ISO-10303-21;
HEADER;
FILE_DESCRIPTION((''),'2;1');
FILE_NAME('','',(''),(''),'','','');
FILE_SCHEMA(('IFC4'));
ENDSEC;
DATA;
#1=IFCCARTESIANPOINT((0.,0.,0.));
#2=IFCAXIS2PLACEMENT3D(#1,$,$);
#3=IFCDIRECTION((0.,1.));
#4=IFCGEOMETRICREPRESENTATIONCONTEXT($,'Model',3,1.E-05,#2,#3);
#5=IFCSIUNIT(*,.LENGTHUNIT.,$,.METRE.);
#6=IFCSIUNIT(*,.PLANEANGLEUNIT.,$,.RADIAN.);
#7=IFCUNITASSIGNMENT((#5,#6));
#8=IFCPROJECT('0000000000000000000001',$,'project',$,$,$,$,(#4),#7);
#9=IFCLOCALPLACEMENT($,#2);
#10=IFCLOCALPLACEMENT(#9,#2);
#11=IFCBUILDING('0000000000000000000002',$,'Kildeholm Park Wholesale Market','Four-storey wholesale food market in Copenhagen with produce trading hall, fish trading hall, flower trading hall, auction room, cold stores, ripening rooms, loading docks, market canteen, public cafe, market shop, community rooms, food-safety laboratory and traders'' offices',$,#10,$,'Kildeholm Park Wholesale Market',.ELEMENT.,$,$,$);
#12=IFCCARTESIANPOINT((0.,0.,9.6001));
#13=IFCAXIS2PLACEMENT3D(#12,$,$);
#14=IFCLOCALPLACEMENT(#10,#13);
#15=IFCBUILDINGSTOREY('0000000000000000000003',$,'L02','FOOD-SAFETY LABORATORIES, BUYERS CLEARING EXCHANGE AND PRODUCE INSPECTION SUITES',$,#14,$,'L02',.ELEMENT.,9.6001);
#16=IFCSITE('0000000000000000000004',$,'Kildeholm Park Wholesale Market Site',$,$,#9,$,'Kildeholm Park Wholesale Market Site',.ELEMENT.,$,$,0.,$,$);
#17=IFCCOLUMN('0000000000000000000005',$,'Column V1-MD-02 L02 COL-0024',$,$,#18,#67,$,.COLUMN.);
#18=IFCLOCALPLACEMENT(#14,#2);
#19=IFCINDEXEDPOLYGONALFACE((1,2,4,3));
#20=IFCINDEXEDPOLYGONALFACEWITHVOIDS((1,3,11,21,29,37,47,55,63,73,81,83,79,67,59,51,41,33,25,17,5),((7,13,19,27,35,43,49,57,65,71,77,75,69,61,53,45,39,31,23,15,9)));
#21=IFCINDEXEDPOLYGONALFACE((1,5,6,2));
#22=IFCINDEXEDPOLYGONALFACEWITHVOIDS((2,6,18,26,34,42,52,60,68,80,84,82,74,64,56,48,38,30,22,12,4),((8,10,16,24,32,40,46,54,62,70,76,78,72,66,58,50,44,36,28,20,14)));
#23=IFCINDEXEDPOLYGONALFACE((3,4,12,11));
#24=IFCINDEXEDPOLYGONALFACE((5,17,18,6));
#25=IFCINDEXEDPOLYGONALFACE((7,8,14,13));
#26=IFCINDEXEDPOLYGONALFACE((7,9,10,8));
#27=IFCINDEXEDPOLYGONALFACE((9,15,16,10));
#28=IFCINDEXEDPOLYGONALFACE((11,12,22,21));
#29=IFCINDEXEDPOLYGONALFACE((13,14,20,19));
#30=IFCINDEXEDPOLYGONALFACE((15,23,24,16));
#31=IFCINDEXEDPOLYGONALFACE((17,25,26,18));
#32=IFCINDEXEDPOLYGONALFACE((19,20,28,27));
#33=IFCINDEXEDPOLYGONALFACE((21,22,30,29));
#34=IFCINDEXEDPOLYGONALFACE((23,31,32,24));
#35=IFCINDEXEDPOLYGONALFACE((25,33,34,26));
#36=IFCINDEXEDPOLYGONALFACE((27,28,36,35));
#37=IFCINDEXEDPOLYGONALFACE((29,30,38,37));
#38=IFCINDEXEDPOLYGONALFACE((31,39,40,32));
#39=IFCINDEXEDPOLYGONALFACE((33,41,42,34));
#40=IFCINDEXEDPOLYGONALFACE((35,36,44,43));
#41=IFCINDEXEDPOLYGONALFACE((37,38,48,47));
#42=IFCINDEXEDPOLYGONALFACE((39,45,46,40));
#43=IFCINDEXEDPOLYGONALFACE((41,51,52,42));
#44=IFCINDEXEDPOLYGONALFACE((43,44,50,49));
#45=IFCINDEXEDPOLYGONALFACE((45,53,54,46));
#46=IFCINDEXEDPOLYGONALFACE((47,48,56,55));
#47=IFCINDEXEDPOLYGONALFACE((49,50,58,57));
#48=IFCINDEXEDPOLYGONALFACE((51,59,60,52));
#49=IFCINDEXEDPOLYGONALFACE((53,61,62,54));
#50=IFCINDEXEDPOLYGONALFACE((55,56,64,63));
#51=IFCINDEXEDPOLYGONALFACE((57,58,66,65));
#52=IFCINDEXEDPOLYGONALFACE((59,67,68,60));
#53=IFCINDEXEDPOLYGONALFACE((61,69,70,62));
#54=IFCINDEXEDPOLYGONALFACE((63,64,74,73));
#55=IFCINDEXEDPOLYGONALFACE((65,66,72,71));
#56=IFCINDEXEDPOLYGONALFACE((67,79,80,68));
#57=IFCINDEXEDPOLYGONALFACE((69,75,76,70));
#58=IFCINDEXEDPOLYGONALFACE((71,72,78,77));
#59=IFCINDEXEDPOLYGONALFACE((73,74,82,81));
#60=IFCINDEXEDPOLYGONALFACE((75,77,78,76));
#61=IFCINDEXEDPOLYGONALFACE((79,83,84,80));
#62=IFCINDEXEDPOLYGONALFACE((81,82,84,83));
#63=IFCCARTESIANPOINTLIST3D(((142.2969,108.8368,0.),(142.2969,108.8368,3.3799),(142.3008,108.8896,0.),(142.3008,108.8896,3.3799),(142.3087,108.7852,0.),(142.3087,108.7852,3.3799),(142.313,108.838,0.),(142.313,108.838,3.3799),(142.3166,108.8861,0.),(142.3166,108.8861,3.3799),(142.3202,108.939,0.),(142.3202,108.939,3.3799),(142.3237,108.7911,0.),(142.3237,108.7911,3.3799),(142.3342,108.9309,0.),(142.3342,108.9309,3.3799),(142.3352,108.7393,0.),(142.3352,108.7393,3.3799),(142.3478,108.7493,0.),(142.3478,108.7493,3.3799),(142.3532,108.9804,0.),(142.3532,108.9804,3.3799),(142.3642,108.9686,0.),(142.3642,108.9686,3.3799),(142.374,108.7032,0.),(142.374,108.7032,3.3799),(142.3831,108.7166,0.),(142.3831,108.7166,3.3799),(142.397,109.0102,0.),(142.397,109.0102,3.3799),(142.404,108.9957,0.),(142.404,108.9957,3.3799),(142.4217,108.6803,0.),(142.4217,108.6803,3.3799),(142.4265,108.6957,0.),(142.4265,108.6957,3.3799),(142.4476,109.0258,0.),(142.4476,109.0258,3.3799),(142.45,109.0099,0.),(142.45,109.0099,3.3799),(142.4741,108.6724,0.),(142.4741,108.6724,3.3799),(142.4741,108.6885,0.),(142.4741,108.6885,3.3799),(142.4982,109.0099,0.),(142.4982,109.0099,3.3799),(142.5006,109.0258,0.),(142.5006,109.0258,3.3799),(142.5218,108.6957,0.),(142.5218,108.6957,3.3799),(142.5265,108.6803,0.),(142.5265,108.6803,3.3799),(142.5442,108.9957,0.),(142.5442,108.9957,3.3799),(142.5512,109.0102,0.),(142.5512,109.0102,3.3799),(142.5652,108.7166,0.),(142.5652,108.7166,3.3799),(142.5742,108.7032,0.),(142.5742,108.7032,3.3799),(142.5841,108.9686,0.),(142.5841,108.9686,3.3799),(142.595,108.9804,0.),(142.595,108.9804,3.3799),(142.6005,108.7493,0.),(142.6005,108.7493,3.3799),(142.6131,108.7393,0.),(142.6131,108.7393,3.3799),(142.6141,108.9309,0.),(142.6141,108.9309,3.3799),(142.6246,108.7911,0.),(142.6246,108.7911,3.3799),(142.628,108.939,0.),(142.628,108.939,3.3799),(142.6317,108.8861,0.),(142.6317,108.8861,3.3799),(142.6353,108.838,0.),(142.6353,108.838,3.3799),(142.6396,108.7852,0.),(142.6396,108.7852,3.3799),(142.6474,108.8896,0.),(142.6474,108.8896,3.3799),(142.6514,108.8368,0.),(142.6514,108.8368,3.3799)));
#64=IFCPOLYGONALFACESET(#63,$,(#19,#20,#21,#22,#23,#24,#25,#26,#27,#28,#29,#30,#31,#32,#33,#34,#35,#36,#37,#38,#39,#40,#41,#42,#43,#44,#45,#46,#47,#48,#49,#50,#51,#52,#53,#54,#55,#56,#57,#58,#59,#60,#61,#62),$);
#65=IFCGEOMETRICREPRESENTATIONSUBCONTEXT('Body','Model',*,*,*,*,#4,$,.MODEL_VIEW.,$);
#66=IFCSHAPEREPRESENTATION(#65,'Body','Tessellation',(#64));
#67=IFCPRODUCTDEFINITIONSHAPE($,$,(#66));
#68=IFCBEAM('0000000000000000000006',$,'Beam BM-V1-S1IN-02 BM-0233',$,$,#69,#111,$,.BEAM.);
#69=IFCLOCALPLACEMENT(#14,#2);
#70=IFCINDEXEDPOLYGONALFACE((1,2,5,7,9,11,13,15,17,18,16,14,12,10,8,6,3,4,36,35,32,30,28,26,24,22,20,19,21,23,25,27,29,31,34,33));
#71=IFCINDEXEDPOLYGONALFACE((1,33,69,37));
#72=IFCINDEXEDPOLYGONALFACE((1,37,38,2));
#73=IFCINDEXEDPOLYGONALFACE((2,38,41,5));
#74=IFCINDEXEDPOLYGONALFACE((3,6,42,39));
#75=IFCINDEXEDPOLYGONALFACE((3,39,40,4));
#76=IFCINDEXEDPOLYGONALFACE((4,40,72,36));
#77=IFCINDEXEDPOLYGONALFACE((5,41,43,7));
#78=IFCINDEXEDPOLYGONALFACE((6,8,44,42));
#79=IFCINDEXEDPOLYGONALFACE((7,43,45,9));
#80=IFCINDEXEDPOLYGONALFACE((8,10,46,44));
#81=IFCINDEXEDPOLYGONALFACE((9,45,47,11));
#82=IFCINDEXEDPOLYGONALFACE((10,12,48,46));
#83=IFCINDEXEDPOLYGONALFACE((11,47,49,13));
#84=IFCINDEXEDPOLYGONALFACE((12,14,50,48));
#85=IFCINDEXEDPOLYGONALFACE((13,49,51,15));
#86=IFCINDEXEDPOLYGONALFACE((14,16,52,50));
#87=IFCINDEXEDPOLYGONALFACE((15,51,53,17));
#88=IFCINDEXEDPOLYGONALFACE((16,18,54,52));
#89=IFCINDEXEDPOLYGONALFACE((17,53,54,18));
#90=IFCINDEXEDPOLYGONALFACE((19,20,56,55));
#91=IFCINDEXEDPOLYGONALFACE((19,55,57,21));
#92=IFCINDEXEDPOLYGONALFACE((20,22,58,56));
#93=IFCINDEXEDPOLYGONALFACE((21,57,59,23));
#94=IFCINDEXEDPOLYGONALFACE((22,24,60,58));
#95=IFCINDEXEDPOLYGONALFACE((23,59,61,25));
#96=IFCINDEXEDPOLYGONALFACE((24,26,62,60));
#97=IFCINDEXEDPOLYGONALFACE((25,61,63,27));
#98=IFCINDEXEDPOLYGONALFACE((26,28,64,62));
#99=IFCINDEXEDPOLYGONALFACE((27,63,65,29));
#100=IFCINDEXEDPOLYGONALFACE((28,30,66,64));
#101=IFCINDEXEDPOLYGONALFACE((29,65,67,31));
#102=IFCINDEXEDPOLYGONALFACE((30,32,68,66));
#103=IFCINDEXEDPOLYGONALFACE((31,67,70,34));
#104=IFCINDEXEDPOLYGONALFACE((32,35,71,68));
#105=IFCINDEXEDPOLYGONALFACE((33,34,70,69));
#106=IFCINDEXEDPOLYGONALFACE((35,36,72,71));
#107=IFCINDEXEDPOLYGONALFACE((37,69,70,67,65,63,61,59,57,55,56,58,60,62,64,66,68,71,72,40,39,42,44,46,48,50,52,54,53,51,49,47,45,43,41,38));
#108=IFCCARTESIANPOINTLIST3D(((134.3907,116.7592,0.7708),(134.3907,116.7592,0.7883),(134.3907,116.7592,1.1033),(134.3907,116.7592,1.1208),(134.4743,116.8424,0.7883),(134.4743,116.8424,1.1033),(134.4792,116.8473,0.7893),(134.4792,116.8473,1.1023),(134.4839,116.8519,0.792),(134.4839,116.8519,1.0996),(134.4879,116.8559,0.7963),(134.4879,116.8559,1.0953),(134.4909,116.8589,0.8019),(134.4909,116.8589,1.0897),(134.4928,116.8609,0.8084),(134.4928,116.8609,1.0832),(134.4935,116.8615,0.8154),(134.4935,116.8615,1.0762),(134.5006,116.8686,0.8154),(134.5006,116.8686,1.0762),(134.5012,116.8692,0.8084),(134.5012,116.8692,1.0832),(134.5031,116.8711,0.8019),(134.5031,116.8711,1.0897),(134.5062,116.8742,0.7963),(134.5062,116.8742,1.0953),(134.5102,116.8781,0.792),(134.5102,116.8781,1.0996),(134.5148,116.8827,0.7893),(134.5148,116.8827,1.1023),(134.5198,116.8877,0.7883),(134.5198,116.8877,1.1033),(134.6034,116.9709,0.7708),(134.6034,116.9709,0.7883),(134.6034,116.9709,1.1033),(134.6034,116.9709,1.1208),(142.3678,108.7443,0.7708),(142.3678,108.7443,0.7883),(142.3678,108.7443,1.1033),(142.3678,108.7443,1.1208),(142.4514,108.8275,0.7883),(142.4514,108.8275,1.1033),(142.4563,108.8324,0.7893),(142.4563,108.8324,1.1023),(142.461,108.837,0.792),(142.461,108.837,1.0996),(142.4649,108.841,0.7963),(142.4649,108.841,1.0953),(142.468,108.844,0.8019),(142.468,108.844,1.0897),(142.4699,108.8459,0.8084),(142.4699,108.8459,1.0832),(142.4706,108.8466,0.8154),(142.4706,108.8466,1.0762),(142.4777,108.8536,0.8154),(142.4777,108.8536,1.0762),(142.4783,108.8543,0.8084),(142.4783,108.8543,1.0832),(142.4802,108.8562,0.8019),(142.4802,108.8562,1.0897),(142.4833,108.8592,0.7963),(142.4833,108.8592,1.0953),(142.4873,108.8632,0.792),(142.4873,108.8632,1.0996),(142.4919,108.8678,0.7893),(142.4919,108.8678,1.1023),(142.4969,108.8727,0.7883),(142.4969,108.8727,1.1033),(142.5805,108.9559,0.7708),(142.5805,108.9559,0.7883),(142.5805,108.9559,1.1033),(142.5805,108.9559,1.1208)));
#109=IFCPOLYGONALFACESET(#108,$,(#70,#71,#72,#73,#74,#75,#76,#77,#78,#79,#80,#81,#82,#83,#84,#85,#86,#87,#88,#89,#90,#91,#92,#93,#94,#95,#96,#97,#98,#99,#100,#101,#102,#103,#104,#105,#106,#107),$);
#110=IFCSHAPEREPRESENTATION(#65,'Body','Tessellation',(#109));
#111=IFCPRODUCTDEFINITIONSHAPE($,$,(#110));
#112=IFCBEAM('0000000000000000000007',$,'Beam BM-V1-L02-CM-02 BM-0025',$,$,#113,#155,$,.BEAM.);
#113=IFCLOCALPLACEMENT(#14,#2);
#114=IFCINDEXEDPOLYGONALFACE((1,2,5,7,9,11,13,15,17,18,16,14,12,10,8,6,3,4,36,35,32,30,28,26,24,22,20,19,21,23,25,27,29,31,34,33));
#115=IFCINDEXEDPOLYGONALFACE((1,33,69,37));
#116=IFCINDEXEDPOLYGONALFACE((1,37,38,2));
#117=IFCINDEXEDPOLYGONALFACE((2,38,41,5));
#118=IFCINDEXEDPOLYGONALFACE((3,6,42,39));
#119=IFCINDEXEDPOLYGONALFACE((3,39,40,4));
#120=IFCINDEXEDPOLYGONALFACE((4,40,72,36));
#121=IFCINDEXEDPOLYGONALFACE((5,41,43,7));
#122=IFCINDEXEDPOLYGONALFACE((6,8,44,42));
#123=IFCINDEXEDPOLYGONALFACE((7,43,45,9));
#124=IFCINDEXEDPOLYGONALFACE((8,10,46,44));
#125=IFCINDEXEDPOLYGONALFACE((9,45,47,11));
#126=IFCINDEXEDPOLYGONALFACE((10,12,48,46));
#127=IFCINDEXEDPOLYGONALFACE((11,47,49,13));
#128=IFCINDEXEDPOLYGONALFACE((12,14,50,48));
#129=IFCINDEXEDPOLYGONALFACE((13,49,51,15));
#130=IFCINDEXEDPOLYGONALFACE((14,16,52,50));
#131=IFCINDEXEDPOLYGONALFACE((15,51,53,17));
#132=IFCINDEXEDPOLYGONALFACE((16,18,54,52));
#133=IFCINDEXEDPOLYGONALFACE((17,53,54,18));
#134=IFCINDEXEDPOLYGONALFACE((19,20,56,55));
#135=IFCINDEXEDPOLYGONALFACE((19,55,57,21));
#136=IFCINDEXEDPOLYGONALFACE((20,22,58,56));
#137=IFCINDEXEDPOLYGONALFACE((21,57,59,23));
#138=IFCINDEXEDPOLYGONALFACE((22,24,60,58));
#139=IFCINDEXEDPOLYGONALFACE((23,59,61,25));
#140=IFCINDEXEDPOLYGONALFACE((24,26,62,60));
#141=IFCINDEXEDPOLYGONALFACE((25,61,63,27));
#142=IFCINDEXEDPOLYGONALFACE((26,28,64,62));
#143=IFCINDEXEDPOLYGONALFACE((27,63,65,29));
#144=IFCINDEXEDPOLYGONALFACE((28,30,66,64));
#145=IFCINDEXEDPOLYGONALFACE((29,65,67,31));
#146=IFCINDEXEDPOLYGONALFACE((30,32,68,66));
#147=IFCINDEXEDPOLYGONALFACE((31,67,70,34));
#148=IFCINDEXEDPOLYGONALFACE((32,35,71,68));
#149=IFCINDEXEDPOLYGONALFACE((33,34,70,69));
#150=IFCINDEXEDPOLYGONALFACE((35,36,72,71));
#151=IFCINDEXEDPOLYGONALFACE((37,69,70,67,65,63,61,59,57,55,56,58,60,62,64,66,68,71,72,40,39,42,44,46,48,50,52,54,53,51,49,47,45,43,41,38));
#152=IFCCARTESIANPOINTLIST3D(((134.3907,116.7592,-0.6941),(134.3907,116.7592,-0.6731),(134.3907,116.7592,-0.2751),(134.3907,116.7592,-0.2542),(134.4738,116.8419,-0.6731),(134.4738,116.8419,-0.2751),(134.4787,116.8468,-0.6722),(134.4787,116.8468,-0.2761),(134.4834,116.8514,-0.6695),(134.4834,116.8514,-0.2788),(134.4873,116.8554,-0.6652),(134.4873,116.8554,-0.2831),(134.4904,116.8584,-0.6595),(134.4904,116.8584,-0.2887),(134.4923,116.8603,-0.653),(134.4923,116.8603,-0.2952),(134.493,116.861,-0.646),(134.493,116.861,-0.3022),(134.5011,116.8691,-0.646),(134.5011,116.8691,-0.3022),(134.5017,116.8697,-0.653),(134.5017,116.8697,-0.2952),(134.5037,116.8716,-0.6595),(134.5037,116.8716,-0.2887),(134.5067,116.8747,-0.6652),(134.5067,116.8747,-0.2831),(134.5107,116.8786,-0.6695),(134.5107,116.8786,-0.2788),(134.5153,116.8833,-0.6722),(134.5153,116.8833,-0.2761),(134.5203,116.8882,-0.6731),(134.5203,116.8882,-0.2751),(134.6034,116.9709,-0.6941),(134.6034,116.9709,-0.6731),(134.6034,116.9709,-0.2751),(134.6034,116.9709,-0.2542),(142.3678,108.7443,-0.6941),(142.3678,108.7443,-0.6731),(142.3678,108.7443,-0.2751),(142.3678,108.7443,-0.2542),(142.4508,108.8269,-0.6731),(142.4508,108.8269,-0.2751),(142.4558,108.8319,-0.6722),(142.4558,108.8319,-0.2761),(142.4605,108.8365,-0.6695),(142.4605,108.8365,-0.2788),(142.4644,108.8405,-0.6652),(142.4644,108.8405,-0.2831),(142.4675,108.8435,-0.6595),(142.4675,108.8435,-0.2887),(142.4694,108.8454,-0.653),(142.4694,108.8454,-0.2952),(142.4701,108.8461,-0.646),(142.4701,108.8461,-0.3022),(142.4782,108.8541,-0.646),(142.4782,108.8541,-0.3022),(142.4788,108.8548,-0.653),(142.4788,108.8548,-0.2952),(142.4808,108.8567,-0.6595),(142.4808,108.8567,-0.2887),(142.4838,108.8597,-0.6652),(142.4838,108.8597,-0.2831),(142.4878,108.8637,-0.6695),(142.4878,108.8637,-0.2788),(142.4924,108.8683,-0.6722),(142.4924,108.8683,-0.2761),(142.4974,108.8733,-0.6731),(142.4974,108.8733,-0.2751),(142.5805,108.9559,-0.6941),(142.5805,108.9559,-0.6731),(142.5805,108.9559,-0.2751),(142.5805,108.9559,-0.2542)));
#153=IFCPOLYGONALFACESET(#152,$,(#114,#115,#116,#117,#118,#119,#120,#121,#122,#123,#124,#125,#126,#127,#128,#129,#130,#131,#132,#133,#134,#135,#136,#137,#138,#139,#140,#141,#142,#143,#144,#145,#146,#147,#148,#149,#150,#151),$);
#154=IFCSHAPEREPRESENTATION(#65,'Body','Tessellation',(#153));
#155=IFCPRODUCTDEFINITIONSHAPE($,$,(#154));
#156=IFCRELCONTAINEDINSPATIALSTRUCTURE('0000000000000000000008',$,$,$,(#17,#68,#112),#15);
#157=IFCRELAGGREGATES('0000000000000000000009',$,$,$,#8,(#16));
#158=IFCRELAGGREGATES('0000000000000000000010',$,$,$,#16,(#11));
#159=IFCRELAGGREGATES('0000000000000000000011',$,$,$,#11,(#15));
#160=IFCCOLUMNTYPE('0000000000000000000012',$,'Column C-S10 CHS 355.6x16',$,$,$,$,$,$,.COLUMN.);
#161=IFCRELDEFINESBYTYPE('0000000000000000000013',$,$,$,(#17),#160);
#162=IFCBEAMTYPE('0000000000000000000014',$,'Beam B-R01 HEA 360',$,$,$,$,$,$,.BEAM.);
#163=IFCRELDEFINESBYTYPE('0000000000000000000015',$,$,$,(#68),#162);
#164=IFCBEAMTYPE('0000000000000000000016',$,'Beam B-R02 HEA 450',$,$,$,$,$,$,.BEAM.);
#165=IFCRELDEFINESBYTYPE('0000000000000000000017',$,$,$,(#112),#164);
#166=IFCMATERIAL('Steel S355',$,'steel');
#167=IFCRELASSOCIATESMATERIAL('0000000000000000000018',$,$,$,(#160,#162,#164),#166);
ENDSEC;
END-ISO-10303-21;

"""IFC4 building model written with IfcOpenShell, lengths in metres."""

from ifc_helpers import new_model, si_unit, direction, frame, origin, origin_2d, place, context, subcontext, project, spatial, hollow_circle, i_section, extrude, material, material_profile, profile_set, type_object, element, save


model = new_model("IFC4")

# Units and contexts
model_context = context("Model", 3, precision=1e-05, world=origin(), true_north=direction((0.0, 1.0)))
body_context = subcontext(model_context, "Body", "Model", "MODEL_VIEW")
ifc_project = project(units=[si_unit("LENGTHUNIT", "METRE"), si_unit("PLANEANGLEUNIT", "RADIAN")], contexts=[model_context])

# Site, building, storey
site_placement = place(None, origin())
site = spatial("IfcSite", under=ifc_project, at=site_placement, Name="Kildeholm Park Wholesale Market Site", LongName="Kildeholm Park Wholesale Market Site", CompositionType="ELEMENT", RefElevation=0.0)
building_placement = place(site_placement, origin())
building = spatial("IfcBuilding", under=site, at=building_placement, Name="Kildeholm Park Wholesale Market", Description="Four-storey wholesale food market in Copenhagen with produce trading hall, fish trading hall, flower trading hall, auction room, cold stores, ripening rooms, loading docks, market canteen, public cafe, market shop, community rooms, food-safety laboratory and traders' offices", LongName="Kildeholm Park Wholesale Market", CompositionType="ELEMENT")
storey_placement = place(building_placement, frame((0.0, 0.0, 9.6001)))
storey = spatial("IfcBuildingStorey", under=building, at=storey_placement, Name="L02", Description="FOOD-SAFETY LABORATORIES, BUYERS CLEARING EXCHANGE AND PRODUCE INSPECTION SUITES", LongName="L02", CompositionType="ELEMENT", Elevation=9.6001)

# Column
ifc_material_1 = material(Name="Steel S355", Category="steel")
ifc_material_profile_1 = material_profile(ifc_material_1, hollow_circle(Radius=0.1777, WallThickness=0.0161, at=origin_2d()), Name="CHS 355.6x16")
ifc_profile_set_1 = profile_set([ifc_material_profile_1], Name="Steel S355")
column_type = type_object("IfcColumnType", Name="Column C-S10 CHS 355.6x16", PredefinedType="COLUMN", material=ifc_profile_set_1)
column_placement = place(storey_placement, frame((142.4741, 108.8501, 0.0), z_axis=(0.0, 0.0, 1.0), x_axis=(0.866025, 0.5, 0.0)))
element("IfcColumn", 1, at=column_placement, inside=storey, type_object=column_type, Name="Column V1-MD-02 L02 COL-0024", PredefinedType="COLUMN", context=body_context, shape_type="SweptSolid", body=[
    extrude(hollow_circle(Radius=0.1777, WallThickness=0.0161, at=origin_2d()), origin(), (0.0, 0.0, 1.0), 3.3799),
])

# Beams
ifc_material_profile_2 = material_profile(ifc_material_1, i_section(OverallWidth=0.3, OverallDepth=0.3501, WebThickness=0.01, FlangeThickness=0.0176, FilletRadius=0.0271, at=origin_2d()), Name="HEA 360")
ifc_profile_set_2 = profile_set([ifc_material_profile_2], Name="Steel S355")
beam_type_1 = type_object("IfcBeamType", Name="Beam B-R01 HEA 360", PredefinedType="BEAM", material=ifc_profile_set_2)
beam_1_placement = place(storey_placement, frame((142.4741, 108.8501, 0.9458), z_axis=(-0.705432, 0.708778, 0.0), x_axis=(-0.708778, -0.705432, 0.0)))
element("IfcBeam", 2, at=beam_1_placement, inside=storey, type_object=beam_type_1, Name="Beam BM-V1-S1IN-02 BM-0233", PredefinedType="BEAM", context=body_context, shape_type="SweptSolid", body=[
    extrude(i_section(OverallWidth=0.3, OverallDepth=0.3501, WebThickness=0.01, FlangeThickness=0.0176, FilletRadius=0.0271, at=origin_2d()), origin(), (0.0, 0.0, 1.0), 11.3081),
])
ifc_material_profile_3 = material_profile(ifc_material_1, i_section(OverallWidth=0.3, OverallDepth=0.4399, WebThickness=0.0115, FlangeThickness=0.021, FilletRadius=0.0271, at=origin_2d()), Name="HEA 450")
ifc_profile_set_3 = profile_set([ifc_material_profile_3], Name="Steel S355")
beam_type_2 = type_object("IfcBeamType", Name="Beam B-R02 HEA 450", PredefinedType="BEAM", material=ifc_profile_set_3)
beam_2_placement = place(storey_placement, frame((142.4741, 108.8501, -0.4741), z_axis=(-0.705432, 0.708778, 0.0), x_axis=(-0.708778, -0.705432, 0.0)))
element("IfcBeam", 3, at=beam_2_placement, inside=storey, type_object=beam_type_2, Name="Beam BM-V1-L02-CM-02 BM-0025", PredefinedType="BEAM", context=body_context, shape_type="SweptSolid", body=[
    extrude(i_section(OverallWidth=0.3, OverallDepth=0.4399, WebThickness=0.0115, FlangeThickness=0.021, FilletRadius=0.0271, at=origin_2d()), origin(), (0.0, 0.0, 1.0), 11.3081),
])

save(model, "model.ifc")
